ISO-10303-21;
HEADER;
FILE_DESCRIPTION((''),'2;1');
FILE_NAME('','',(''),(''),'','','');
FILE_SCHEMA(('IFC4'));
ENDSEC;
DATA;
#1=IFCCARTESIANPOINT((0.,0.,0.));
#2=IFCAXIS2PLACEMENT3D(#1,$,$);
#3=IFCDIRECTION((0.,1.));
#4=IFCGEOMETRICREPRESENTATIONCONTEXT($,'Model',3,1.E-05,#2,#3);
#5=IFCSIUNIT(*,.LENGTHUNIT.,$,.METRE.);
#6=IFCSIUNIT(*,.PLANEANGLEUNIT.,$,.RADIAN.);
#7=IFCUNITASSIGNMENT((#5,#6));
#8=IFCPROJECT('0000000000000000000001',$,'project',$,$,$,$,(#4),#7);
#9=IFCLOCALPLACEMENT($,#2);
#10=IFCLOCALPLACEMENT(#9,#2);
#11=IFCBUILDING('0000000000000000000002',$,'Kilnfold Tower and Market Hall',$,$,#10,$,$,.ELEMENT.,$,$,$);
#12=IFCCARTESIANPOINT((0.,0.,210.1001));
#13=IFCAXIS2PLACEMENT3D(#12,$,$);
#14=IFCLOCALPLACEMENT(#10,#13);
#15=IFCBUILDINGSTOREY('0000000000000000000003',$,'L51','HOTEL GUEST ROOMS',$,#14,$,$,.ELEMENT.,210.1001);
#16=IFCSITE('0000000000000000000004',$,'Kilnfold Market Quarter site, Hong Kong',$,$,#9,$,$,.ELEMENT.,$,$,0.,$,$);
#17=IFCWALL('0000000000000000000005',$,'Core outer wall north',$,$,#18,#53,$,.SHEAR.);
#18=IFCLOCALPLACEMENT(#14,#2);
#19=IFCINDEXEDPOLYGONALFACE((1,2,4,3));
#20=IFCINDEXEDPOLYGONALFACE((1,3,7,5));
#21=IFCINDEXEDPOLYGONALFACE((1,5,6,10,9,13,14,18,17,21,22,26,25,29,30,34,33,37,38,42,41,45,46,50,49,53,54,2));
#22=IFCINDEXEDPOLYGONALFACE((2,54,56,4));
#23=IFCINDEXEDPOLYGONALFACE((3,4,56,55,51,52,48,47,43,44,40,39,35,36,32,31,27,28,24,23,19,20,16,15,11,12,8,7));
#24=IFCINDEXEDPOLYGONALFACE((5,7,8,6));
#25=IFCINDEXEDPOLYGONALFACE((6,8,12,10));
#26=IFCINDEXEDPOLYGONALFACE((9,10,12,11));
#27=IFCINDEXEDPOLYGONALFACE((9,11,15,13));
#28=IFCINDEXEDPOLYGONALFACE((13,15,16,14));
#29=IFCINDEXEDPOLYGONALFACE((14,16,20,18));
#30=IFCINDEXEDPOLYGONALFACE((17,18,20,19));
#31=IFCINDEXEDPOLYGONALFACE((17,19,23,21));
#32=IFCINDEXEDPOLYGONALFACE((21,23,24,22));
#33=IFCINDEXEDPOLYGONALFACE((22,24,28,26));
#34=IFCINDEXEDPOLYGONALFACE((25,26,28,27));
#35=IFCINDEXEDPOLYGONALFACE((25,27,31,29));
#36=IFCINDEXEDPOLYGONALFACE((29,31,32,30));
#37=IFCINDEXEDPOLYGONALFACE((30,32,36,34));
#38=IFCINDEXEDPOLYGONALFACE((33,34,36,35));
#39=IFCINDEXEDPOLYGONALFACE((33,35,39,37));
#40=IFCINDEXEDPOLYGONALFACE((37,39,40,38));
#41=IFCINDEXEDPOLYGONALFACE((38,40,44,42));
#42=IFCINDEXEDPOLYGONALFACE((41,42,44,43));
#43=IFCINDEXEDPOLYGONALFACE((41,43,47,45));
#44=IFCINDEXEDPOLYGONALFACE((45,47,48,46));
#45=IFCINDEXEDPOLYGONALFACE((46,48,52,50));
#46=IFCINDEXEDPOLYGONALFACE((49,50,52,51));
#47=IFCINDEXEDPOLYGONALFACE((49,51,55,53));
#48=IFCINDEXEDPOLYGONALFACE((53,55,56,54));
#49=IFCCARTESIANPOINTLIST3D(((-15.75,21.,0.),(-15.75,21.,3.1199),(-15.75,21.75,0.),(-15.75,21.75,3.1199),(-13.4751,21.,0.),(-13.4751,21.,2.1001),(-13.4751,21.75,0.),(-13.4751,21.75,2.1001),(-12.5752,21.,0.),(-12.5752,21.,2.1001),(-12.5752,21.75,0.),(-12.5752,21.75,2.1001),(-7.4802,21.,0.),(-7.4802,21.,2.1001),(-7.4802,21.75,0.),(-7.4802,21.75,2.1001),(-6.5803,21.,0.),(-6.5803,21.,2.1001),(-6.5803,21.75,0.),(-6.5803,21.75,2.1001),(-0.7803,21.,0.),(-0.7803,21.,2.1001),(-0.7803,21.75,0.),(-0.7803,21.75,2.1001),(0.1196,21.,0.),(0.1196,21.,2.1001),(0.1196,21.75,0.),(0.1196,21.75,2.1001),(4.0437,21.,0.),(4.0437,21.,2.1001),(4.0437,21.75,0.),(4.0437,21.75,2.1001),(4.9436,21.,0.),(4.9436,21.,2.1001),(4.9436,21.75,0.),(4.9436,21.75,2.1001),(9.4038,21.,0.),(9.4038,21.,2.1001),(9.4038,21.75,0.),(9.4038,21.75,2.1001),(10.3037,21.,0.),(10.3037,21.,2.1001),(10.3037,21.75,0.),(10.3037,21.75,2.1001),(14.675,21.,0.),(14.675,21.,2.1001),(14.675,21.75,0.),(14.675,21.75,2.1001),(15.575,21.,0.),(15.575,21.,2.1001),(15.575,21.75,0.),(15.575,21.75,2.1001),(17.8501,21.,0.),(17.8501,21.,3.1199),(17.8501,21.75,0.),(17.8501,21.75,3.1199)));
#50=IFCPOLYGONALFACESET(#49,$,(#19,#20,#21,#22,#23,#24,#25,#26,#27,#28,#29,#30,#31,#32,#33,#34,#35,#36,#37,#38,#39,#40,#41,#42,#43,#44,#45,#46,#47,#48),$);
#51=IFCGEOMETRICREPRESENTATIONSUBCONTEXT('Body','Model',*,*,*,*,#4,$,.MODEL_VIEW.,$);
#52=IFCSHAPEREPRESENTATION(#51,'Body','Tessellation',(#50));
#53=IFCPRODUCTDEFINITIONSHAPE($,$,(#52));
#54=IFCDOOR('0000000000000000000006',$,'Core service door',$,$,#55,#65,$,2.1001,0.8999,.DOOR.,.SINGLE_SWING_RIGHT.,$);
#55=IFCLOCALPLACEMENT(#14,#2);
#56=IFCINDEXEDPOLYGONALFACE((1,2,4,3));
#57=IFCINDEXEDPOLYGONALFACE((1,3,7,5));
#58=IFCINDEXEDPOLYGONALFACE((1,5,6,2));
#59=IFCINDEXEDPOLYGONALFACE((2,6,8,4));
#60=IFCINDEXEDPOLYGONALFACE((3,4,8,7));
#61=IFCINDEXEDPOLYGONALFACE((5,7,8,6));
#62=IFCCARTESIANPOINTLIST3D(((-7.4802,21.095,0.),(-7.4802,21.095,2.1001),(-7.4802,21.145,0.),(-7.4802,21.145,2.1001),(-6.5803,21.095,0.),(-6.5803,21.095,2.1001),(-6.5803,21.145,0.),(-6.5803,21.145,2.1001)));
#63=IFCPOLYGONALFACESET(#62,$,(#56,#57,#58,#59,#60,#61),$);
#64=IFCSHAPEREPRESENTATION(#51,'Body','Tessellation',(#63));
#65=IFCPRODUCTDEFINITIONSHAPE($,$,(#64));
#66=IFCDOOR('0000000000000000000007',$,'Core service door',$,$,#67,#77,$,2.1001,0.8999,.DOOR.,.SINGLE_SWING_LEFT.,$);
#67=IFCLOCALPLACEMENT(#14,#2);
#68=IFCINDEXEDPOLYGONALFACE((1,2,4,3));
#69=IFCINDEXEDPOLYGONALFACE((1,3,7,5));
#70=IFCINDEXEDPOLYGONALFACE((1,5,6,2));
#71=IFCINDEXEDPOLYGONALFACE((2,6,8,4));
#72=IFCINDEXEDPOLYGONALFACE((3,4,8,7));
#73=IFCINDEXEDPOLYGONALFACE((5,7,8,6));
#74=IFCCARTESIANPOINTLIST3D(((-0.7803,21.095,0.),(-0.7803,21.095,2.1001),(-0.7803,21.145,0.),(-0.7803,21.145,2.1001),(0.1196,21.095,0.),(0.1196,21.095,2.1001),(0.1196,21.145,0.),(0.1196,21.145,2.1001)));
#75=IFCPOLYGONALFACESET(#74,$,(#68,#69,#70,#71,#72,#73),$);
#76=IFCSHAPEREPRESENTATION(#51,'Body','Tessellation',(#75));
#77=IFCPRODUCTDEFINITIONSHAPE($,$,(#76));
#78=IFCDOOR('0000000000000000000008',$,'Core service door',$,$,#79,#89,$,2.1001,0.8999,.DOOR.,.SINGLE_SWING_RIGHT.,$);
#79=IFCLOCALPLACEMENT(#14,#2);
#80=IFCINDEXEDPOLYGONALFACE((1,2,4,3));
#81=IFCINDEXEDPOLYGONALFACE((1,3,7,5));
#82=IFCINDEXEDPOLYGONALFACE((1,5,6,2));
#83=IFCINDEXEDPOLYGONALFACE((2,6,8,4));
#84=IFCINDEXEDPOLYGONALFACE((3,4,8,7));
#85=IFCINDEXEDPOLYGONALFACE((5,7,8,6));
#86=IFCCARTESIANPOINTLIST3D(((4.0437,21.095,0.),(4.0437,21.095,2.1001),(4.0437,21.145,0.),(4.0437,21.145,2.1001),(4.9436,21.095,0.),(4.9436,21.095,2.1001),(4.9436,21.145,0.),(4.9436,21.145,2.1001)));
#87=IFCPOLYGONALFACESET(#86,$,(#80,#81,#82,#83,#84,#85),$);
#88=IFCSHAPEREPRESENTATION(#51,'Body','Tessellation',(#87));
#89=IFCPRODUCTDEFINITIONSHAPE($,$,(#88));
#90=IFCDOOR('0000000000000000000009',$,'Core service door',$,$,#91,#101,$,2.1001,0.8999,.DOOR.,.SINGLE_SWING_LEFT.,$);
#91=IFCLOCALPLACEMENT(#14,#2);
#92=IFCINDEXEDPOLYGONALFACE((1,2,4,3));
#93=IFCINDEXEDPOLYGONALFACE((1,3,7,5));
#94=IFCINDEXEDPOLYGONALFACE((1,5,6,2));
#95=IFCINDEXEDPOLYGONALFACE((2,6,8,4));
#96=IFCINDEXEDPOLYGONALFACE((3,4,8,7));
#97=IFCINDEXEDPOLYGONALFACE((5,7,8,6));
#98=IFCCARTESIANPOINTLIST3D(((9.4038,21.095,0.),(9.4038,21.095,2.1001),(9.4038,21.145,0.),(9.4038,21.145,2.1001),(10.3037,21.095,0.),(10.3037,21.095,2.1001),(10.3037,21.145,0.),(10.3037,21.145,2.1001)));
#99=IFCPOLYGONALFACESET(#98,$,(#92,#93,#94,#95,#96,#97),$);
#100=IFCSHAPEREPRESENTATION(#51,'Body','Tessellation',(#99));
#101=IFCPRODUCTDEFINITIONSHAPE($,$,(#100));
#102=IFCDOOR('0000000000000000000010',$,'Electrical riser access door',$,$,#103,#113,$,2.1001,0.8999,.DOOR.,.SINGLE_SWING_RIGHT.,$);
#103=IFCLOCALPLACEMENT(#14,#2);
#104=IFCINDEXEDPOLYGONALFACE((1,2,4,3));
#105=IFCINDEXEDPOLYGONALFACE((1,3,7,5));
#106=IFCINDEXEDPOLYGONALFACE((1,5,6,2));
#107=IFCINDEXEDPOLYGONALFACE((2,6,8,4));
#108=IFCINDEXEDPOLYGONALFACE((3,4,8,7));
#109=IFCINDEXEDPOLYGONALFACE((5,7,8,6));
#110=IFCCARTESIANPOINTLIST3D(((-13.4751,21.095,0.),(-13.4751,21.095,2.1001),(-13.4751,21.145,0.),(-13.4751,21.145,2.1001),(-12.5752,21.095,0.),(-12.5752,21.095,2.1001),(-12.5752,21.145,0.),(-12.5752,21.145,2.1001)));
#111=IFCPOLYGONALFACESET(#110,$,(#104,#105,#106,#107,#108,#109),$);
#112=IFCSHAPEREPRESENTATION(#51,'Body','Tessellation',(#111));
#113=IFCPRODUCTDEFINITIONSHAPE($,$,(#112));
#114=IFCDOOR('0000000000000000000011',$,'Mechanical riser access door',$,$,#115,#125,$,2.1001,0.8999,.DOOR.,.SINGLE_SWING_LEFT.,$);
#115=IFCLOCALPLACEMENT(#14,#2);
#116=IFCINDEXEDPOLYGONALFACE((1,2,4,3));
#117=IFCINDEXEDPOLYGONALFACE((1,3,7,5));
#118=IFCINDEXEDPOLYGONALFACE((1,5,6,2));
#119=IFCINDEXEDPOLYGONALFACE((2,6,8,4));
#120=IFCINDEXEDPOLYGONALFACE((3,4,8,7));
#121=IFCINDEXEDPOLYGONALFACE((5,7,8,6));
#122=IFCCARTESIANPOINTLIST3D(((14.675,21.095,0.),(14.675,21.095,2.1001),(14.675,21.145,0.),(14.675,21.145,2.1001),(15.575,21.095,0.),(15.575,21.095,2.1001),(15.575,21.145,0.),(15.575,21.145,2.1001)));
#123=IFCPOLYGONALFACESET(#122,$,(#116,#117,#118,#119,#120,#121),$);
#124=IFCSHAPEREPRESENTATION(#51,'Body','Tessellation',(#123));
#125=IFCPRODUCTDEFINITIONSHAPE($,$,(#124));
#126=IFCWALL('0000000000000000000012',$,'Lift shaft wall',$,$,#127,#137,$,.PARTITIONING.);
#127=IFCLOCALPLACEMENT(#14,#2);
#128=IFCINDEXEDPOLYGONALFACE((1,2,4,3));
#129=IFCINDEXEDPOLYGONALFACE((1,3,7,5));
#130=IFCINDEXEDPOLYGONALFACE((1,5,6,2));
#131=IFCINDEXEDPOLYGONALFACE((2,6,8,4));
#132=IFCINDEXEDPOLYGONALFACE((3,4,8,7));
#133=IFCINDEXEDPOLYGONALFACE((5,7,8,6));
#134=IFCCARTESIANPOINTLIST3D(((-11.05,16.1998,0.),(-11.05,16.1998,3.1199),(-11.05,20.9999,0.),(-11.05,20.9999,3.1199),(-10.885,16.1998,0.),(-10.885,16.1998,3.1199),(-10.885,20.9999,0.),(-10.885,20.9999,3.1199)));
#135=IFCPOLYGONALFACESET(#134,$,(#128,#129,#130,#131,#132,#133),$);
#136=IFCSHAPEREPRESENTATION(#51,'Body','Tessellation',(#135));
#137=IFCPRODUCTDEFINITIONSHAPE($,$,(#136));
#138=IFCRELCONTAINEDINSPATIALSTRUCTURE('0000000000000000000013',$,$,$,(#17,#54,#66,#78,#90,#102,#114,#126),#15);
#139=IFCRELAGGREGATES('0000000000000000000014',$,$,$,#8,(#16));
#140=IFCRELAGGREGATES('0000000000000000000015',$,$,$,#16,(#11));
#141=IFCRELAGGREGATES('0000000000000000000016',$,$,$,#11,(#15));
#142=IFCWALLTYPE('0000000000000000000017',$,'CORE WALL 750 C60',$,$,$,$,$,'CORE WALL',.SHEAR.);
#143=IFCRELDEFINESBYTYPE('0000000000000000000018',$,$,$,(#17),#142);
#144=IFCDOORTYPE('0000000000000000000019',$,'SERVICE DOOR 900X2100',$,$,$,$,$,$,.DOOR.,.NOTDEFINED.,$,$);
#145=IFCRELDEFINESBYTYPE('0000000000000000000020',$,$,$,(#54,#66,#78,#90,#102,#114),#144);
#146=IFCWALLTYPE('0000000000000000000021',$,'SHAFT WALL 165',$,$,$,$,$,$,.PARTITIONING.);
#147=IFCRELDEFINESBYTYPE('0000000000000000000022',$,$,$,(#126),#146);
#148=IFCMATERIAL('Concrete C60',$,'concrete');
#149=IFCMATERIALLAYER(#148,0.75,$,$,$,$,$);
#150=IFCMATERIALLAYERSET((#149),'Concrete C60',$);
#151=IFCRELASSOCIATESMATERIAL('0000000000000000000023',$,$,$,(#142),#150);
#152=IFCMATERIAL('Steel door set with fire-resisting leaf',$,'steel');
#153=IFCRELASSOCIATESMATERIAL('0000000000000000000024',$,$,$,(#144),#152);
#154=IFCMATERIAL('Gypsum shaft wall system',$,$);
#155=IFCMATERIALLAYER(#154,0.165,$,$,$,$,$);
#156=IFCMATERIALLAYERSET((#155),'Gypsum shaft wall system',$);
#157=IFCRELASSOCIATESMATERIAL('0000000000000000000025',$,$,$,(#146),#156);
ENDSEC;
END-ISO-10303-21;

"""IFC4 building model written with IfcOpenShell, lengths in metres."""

from ifc_helpers import new_model, si_unit, direction, frame, frame_2d, origin, place, context, subcontext, project, spatial, rectangle, extrude, source, transform, mapped, material, layer, layer_set, type_object, element, fill, save


model = new_model("IFC4")

# Units and contexts
model_context = context("Model", 3, precision=1e-05, world=origin(), true_north=direction((0.0, 1.0)))
body_context = subcontext(model_context, "Body", "Model", "MODEL_VIEW")
ifc_project = project(units=[si_unit("LENGTHUNIT", "METRE"), si_unit("PLANEANGLEUNIT", "RADIAN")], contexts=[model_context])

# Site, building, storey
site_placement = place(None, origin())
site = spatial("IfcSite", under=ifc_project, at=site_placement, Name="Kilnfold Market Quarter site, Hong Kong", CompositionType="ELEMENT", RefElevation=0.0)
building_placement = place(site_placement, origin())
building = spatial("IfcBuilding", under=site, at=building_placement, Name="Kilnfold Tower and Market Hall", CompositionType="ELEMENT")
storey_placement = place(building_placement, frame((0.0, 0.0, 210.1001)))
storey = spatial("IfcBuildingStorey", under=building, at=storey_placement, Name="L51", Description="HOTEL GUEST ROOMS", CompositionType="ELEMENT", Elevation=210.1001)

# Wall, openings, doors
ifc_material_1 = material(Name="Concrete C60", Category="concrete")
ifc_layer_1 = layer(ifc_material_1, 0.75)
ifc_layer_set_1 = layer_set([ifc_layer_1], Name="Concrete C60")
wall_type_1 = type_object("IfcWallType", Name="CORE WALL 750 C60", ElementType="CORE WALL", PredefinedType="SHEAR", material=ifc_layer_set_1)
shared_shape_1 = source(origin(), body_context, "Body", "SweptSolid", [
    extrude(rectangle(XDim=33.6001, YDim=0.75, at=frame_2d((16.8, 0.0))), origin(), (0.0, 0.0, 1.0), 3.1199),
])
wall_1_placement = place(storey_placement, frame((-15.75, 21.375, 0.0), z_axis=(0.0, 0.0, 1.0), x_axis=(1.0, 0.0, 0.0)))
wall_1 = element("IfcWall", 1, at=wall_1_placement, inside=storey, type_object=wall_type_1, Name="Core outer wall north", PredefinedType="SHEAR", context=body_context, shape_type="MappedRepresentation", body=[
    mapped(shared_shape_1, transform((0.0, 0.0, 0.0))),
])
opening_1_placement = place(wall_1_placement, frame((8.2698, 0.0, 0.0)))
opening_1 = element("IfcOpeningElement", 2, at=opening_1_placement, cuts=wall_1, PredefinedType="OPENING", context=body_context, shape_type="SweptSolid", body=[
    extrude(rectangle(XDim=0.8999, YDim=2.1001, at=frame_2d((0.45, 1.05))), frame((0.0, 0.385, 0.0), z_axis=(0.0, -1.0, 0.0), x_axis=(1.0, 0.0, 0.0)), (0.0, 0.0, 1.0), 0.77),
])
opening_2_placement = place(wall_1_placement, frame((14.9697, 0.0, 0.0)))
opening_2 = element("IfcOpeningElement", 3, at=opening_2_placement, cuts=wall_1, PredefinedType="OPENING", context=body_context, shape_type="SweptSolid", body=[
    extrude(rectangle(XDim=0.8999, YDim=2.1001, at=frame_2d((0.45, 1.05))), frame((0.0, 0.385, 0.0), z_axis=(0.0, -1.0, 0.0), x_axis=(1.0, 0.0, 0.0)), (0.0, 0.0, 1.0), 0.77),
])
opening_3_placement = place(wall_1_placement, frame((19.7937, 0.0, 0.0)))
opening_3 = element("IfcOpeningElement", 4, at=opening_3_placement, cuts=wall_1, PredefinedType="OPENING", context=body_context, shape_type="SweptSolid", body=[
    extrude(rectangle(XDim=0.8999, YDim=2.1001, at=frame_2d((0.45, 1.05))), frame((0.0, 0.385, 0.0), z_axis=(0.0, -1.0, 0.0), x_axis=(1.0, 0.0, 0.0)), (0.0, 0.0, 1.0), 0.77),
])
opening_4_placement = place(wall_1_placement, frame((25.1538, 0.0, 0.0)))
opening_4 = element("IfcOpeningElement", 5, at=opening_4_placement, cuts=wall_1, PredefinedType="OPENING", context=body_context, shape_type="SweptSolid", body=[
    extrude(rectangle(XDim=0.8999, YDim=2.1001, at=frame_2d((0.45, 1.05))), frame((0.0, 0.385, 0.0), z_axis=(0.0, -1.0, 0.0), x_axis=(1.0, 0.0, 0.0)), (0.0, 0.0, 1.0), 0.77),
])
opening_5_placement = place(wall_1_placement, frame((2.2749, 0.0, 0.0)))
opening_5 = element("IfcOpeningElement", 6, at=opening_5_placement, cuts=wall_1, PredefinedType="OPENING", context=body_context, shape_type="SweptSolid", body=[
    extrude(rectangle(XDim=0.8999, YDim=2.1001, at=frame_2d((0.45, 1.05))), frame((0.0, 0.385, 0.0), z_axis=(0.0, -1.0, 0.0), x_axis=(1.0, 0.0, 0.0)), (0.0, 0.0, 1.0), 0.77),
])
opening_6_placement = place(wall_1_placement, frame((30.425, 0.0, 0.0)))
opening_6 = element("IfcOpeningElement", 7, at=opening_6_placement, cuts=wall_1, PredefinedType="OPENING", context=body_context, shape_type="SweptSolid", body=[
    extrude(rectangle(XDim=0.8999, YDim=2.1001, at=frame_2d((0.45, 1.05))), frame((0.0, 0.385, 0.0), z_axis=(0.0, -1.0, 0.0), x_axis=(1.0, 0.0, 0.0)), (0.0, 0.0, 1.0), 0.77),
])
ifc_material_2 = material(Name="Steel door set with fire-resisting leaf", Category="steel")
door_type_1 = type_object("IfcDoorType", Name="SERVICE DOOR 900X2100", OperationType="NOTDEFINED", PredefinedType="DOOR", material=ifc_material_2)
door_1_placement = place(opening_1_placement, origin())
door_1 = element("IfcDoor", 8, at=door_1_placement, inside=storey, type_object=door_type_1, Name="Core service door", OperationType="SINGLE_SWING_RIGHT", OverallHeight=2.1001, OverallWidth=0.8999, PredefinedType="DOOR", context=body_context, shape_type="SweptSolid", body=[
    extrude(rectangle(XDim=0.8999, YDim=2.1001, at=frame_2d((0.45, 1.05))), frame((0.0, -0.23, 0.0), z_axis=(0.0, -1.0, 0.0), x_axis=(1.0, 0.0, 0.0)), (0.0, 0.0, 1.0), 0.05),
])
fill(opening_1, door_1)
door_2_placement = place(opening_2_placement, origin())
door_2 = element("IfcDoor", 9, at=door_2_placement, inside=storey, type_object=door_type_1, Name="Core service door", OperationType="SINGLE_SWING_LEFT", OverallHeight=2.1001, OverallWidth=0.8999, PredefinedType="DOOR", context=body_context, shape_type="SweptSolid", body=[
    extrude(rectangle(XDim=0.8999, YDim=2.1001, at=frame_2d((0.45, 1.05))), frame((0.0, -0.23, 0.0), z_axis=(0.0, -1.0, 0.0), x_axis=(1.0, 0.0, 0.0)), (0.0, 0.0, 1.0), 0.05),
])
fill(opening_2, door_2)
door_3_placement = place(opening_3_placement, origin())
door_3 = element("IfcDoor", 10, at=door_3_placement, inside=storey, type_object=door_type_1, Name="Core service door", OperationType="SINGLE_SWING_RIGHT", OverallHeight=2.1001, OverallWidth=0.8999, PredefinedType="DOOR", context=body_context, shape_type="SweptSolid", body=[
    extrude(rectangle(XDim=0.8999, YDim=2.1001, at=frame_2d((0.45, 1.05))), frame((0.0, -0.23, 0.0), z_axis=(0.0, -1.0, 0.0), x_axis=(1.0, 0.0, 0.0)), (0.0, 0.0, 1.0), 0.05),
])
fill(opening_3, door_3)
door_4_placement = place(opening_4_placement, origin())
door_4 = element("IfcDoor", 11, at=door_4_placement, inside=storey, type_object=door_type_1, Name="Core service door", OperationType="SINGLE_SWING_LEFT", OverallHeight=2.1001, OverallWidth=0.8999, PredefinedType="DOOR", context=body_context, shape_type="SweptSolid", body=[
    extrude(rectangle(XDim=0.8999, YDim=2.1001, at=frame_2d((0.45, 1.05))), frame((0.0, -0.23, 0.0), z_axis=(0.0, -1.0, 0.0), x_axis=(1.0, 0.0, 0.0)), (0.0, 0.0, 1.0), 0.05),
])
fill(opening_4, door_4)
door_5_placement = place(opening_5_placement, origin())
door_5 = element("IfcDoor", 12, at=door_5_placement, inside=storey, type_object=door_type_1, Name="Electrical riser access door", OperationType="SINGLE_SWING_RIGHT", OverallHeight=2.1001, OverallWidth=0.8999, PredefinedType="DOOR", context=body_context, shape_type="SweptSolid", body=[
    extrude(rectangle(XDim=0.8999, YDim=2.1001, at=frame_2d((0.45, 1.05))), frame((0.0, -0.23, 0.0), z_axis=(0.0, -1.0, 0.0), x_axis=(1.0, 0.0, 0.0)), (0.0, 0.0, 1.0), 0.05),
])
fill(opening_5, door_5)
door_6_placement = place(opening_6_placement, origin())
door_6 = element("IfcDoor", 13, at=door_6_placement, inside=storey, type_object=door_type_1, Name="Mechanical riser access door", OperationType="SINGLE_SWING_LEFT", OverallHeight=2.1001, OverallWidth=0.8999, PredefinedType="DOOR", context=body_context, shape_type="SweptSolid", body=[
    extrude(rectangle(XDim=0.8999, YDim=2.1001, at=frame_2d((0.45, 1.05))), frame((0.0, -0.23, 0.0), z_axis=(0.0, -1.0, 0.0), x_axis=(1.0, 0.0, 0.0)), (0.0, 0.0, 1.0), 0.05),
])
fill(opening_6, door_6)

# Wall
ifc_material_3 = material(Name="Gypsum shaft wall system")
ifc_layer_2 = layer(ifc_material_3, 0.165)
ifc_layer_set_2 = layer_set([ifc_layer_2], Name="Gypsum shaft wall system")
wall_type_2 = type_object("IfcWallType", Name="SHAFT WALL 165", PredefinedType="PARTITIONING", material=ifc_layer_set_2)
shared_shape_2 = source(origin(), body_context, "Body", "SweptSolid", [
    extrude(rectangle(XDim=4.8, YDim=0.165, at=frame_2d((2.3999, 0.0))), origin(), (0.0, 0.0, 1.0), 3.1199),
])
wall_2_placement = place(storey_placement, frame((-10.9675, 16.2, 0.0), z_axis=(0.0, 0.0, 1.0), x_axis=(0.0, 1.0, 0.0)))
element("IfcWall", 14, at=wall_2_placement, inside=storey, type_object=wall_type_2, Name="Lift shaft wall", PredefinedType="PARTITIONING", context=body_context, shape_type="MappedRepresentation", body=[
    mapped(shared_shape_2, transform((0.0, 0.0, 0.0))),
])

save(model, "model.ifc")
